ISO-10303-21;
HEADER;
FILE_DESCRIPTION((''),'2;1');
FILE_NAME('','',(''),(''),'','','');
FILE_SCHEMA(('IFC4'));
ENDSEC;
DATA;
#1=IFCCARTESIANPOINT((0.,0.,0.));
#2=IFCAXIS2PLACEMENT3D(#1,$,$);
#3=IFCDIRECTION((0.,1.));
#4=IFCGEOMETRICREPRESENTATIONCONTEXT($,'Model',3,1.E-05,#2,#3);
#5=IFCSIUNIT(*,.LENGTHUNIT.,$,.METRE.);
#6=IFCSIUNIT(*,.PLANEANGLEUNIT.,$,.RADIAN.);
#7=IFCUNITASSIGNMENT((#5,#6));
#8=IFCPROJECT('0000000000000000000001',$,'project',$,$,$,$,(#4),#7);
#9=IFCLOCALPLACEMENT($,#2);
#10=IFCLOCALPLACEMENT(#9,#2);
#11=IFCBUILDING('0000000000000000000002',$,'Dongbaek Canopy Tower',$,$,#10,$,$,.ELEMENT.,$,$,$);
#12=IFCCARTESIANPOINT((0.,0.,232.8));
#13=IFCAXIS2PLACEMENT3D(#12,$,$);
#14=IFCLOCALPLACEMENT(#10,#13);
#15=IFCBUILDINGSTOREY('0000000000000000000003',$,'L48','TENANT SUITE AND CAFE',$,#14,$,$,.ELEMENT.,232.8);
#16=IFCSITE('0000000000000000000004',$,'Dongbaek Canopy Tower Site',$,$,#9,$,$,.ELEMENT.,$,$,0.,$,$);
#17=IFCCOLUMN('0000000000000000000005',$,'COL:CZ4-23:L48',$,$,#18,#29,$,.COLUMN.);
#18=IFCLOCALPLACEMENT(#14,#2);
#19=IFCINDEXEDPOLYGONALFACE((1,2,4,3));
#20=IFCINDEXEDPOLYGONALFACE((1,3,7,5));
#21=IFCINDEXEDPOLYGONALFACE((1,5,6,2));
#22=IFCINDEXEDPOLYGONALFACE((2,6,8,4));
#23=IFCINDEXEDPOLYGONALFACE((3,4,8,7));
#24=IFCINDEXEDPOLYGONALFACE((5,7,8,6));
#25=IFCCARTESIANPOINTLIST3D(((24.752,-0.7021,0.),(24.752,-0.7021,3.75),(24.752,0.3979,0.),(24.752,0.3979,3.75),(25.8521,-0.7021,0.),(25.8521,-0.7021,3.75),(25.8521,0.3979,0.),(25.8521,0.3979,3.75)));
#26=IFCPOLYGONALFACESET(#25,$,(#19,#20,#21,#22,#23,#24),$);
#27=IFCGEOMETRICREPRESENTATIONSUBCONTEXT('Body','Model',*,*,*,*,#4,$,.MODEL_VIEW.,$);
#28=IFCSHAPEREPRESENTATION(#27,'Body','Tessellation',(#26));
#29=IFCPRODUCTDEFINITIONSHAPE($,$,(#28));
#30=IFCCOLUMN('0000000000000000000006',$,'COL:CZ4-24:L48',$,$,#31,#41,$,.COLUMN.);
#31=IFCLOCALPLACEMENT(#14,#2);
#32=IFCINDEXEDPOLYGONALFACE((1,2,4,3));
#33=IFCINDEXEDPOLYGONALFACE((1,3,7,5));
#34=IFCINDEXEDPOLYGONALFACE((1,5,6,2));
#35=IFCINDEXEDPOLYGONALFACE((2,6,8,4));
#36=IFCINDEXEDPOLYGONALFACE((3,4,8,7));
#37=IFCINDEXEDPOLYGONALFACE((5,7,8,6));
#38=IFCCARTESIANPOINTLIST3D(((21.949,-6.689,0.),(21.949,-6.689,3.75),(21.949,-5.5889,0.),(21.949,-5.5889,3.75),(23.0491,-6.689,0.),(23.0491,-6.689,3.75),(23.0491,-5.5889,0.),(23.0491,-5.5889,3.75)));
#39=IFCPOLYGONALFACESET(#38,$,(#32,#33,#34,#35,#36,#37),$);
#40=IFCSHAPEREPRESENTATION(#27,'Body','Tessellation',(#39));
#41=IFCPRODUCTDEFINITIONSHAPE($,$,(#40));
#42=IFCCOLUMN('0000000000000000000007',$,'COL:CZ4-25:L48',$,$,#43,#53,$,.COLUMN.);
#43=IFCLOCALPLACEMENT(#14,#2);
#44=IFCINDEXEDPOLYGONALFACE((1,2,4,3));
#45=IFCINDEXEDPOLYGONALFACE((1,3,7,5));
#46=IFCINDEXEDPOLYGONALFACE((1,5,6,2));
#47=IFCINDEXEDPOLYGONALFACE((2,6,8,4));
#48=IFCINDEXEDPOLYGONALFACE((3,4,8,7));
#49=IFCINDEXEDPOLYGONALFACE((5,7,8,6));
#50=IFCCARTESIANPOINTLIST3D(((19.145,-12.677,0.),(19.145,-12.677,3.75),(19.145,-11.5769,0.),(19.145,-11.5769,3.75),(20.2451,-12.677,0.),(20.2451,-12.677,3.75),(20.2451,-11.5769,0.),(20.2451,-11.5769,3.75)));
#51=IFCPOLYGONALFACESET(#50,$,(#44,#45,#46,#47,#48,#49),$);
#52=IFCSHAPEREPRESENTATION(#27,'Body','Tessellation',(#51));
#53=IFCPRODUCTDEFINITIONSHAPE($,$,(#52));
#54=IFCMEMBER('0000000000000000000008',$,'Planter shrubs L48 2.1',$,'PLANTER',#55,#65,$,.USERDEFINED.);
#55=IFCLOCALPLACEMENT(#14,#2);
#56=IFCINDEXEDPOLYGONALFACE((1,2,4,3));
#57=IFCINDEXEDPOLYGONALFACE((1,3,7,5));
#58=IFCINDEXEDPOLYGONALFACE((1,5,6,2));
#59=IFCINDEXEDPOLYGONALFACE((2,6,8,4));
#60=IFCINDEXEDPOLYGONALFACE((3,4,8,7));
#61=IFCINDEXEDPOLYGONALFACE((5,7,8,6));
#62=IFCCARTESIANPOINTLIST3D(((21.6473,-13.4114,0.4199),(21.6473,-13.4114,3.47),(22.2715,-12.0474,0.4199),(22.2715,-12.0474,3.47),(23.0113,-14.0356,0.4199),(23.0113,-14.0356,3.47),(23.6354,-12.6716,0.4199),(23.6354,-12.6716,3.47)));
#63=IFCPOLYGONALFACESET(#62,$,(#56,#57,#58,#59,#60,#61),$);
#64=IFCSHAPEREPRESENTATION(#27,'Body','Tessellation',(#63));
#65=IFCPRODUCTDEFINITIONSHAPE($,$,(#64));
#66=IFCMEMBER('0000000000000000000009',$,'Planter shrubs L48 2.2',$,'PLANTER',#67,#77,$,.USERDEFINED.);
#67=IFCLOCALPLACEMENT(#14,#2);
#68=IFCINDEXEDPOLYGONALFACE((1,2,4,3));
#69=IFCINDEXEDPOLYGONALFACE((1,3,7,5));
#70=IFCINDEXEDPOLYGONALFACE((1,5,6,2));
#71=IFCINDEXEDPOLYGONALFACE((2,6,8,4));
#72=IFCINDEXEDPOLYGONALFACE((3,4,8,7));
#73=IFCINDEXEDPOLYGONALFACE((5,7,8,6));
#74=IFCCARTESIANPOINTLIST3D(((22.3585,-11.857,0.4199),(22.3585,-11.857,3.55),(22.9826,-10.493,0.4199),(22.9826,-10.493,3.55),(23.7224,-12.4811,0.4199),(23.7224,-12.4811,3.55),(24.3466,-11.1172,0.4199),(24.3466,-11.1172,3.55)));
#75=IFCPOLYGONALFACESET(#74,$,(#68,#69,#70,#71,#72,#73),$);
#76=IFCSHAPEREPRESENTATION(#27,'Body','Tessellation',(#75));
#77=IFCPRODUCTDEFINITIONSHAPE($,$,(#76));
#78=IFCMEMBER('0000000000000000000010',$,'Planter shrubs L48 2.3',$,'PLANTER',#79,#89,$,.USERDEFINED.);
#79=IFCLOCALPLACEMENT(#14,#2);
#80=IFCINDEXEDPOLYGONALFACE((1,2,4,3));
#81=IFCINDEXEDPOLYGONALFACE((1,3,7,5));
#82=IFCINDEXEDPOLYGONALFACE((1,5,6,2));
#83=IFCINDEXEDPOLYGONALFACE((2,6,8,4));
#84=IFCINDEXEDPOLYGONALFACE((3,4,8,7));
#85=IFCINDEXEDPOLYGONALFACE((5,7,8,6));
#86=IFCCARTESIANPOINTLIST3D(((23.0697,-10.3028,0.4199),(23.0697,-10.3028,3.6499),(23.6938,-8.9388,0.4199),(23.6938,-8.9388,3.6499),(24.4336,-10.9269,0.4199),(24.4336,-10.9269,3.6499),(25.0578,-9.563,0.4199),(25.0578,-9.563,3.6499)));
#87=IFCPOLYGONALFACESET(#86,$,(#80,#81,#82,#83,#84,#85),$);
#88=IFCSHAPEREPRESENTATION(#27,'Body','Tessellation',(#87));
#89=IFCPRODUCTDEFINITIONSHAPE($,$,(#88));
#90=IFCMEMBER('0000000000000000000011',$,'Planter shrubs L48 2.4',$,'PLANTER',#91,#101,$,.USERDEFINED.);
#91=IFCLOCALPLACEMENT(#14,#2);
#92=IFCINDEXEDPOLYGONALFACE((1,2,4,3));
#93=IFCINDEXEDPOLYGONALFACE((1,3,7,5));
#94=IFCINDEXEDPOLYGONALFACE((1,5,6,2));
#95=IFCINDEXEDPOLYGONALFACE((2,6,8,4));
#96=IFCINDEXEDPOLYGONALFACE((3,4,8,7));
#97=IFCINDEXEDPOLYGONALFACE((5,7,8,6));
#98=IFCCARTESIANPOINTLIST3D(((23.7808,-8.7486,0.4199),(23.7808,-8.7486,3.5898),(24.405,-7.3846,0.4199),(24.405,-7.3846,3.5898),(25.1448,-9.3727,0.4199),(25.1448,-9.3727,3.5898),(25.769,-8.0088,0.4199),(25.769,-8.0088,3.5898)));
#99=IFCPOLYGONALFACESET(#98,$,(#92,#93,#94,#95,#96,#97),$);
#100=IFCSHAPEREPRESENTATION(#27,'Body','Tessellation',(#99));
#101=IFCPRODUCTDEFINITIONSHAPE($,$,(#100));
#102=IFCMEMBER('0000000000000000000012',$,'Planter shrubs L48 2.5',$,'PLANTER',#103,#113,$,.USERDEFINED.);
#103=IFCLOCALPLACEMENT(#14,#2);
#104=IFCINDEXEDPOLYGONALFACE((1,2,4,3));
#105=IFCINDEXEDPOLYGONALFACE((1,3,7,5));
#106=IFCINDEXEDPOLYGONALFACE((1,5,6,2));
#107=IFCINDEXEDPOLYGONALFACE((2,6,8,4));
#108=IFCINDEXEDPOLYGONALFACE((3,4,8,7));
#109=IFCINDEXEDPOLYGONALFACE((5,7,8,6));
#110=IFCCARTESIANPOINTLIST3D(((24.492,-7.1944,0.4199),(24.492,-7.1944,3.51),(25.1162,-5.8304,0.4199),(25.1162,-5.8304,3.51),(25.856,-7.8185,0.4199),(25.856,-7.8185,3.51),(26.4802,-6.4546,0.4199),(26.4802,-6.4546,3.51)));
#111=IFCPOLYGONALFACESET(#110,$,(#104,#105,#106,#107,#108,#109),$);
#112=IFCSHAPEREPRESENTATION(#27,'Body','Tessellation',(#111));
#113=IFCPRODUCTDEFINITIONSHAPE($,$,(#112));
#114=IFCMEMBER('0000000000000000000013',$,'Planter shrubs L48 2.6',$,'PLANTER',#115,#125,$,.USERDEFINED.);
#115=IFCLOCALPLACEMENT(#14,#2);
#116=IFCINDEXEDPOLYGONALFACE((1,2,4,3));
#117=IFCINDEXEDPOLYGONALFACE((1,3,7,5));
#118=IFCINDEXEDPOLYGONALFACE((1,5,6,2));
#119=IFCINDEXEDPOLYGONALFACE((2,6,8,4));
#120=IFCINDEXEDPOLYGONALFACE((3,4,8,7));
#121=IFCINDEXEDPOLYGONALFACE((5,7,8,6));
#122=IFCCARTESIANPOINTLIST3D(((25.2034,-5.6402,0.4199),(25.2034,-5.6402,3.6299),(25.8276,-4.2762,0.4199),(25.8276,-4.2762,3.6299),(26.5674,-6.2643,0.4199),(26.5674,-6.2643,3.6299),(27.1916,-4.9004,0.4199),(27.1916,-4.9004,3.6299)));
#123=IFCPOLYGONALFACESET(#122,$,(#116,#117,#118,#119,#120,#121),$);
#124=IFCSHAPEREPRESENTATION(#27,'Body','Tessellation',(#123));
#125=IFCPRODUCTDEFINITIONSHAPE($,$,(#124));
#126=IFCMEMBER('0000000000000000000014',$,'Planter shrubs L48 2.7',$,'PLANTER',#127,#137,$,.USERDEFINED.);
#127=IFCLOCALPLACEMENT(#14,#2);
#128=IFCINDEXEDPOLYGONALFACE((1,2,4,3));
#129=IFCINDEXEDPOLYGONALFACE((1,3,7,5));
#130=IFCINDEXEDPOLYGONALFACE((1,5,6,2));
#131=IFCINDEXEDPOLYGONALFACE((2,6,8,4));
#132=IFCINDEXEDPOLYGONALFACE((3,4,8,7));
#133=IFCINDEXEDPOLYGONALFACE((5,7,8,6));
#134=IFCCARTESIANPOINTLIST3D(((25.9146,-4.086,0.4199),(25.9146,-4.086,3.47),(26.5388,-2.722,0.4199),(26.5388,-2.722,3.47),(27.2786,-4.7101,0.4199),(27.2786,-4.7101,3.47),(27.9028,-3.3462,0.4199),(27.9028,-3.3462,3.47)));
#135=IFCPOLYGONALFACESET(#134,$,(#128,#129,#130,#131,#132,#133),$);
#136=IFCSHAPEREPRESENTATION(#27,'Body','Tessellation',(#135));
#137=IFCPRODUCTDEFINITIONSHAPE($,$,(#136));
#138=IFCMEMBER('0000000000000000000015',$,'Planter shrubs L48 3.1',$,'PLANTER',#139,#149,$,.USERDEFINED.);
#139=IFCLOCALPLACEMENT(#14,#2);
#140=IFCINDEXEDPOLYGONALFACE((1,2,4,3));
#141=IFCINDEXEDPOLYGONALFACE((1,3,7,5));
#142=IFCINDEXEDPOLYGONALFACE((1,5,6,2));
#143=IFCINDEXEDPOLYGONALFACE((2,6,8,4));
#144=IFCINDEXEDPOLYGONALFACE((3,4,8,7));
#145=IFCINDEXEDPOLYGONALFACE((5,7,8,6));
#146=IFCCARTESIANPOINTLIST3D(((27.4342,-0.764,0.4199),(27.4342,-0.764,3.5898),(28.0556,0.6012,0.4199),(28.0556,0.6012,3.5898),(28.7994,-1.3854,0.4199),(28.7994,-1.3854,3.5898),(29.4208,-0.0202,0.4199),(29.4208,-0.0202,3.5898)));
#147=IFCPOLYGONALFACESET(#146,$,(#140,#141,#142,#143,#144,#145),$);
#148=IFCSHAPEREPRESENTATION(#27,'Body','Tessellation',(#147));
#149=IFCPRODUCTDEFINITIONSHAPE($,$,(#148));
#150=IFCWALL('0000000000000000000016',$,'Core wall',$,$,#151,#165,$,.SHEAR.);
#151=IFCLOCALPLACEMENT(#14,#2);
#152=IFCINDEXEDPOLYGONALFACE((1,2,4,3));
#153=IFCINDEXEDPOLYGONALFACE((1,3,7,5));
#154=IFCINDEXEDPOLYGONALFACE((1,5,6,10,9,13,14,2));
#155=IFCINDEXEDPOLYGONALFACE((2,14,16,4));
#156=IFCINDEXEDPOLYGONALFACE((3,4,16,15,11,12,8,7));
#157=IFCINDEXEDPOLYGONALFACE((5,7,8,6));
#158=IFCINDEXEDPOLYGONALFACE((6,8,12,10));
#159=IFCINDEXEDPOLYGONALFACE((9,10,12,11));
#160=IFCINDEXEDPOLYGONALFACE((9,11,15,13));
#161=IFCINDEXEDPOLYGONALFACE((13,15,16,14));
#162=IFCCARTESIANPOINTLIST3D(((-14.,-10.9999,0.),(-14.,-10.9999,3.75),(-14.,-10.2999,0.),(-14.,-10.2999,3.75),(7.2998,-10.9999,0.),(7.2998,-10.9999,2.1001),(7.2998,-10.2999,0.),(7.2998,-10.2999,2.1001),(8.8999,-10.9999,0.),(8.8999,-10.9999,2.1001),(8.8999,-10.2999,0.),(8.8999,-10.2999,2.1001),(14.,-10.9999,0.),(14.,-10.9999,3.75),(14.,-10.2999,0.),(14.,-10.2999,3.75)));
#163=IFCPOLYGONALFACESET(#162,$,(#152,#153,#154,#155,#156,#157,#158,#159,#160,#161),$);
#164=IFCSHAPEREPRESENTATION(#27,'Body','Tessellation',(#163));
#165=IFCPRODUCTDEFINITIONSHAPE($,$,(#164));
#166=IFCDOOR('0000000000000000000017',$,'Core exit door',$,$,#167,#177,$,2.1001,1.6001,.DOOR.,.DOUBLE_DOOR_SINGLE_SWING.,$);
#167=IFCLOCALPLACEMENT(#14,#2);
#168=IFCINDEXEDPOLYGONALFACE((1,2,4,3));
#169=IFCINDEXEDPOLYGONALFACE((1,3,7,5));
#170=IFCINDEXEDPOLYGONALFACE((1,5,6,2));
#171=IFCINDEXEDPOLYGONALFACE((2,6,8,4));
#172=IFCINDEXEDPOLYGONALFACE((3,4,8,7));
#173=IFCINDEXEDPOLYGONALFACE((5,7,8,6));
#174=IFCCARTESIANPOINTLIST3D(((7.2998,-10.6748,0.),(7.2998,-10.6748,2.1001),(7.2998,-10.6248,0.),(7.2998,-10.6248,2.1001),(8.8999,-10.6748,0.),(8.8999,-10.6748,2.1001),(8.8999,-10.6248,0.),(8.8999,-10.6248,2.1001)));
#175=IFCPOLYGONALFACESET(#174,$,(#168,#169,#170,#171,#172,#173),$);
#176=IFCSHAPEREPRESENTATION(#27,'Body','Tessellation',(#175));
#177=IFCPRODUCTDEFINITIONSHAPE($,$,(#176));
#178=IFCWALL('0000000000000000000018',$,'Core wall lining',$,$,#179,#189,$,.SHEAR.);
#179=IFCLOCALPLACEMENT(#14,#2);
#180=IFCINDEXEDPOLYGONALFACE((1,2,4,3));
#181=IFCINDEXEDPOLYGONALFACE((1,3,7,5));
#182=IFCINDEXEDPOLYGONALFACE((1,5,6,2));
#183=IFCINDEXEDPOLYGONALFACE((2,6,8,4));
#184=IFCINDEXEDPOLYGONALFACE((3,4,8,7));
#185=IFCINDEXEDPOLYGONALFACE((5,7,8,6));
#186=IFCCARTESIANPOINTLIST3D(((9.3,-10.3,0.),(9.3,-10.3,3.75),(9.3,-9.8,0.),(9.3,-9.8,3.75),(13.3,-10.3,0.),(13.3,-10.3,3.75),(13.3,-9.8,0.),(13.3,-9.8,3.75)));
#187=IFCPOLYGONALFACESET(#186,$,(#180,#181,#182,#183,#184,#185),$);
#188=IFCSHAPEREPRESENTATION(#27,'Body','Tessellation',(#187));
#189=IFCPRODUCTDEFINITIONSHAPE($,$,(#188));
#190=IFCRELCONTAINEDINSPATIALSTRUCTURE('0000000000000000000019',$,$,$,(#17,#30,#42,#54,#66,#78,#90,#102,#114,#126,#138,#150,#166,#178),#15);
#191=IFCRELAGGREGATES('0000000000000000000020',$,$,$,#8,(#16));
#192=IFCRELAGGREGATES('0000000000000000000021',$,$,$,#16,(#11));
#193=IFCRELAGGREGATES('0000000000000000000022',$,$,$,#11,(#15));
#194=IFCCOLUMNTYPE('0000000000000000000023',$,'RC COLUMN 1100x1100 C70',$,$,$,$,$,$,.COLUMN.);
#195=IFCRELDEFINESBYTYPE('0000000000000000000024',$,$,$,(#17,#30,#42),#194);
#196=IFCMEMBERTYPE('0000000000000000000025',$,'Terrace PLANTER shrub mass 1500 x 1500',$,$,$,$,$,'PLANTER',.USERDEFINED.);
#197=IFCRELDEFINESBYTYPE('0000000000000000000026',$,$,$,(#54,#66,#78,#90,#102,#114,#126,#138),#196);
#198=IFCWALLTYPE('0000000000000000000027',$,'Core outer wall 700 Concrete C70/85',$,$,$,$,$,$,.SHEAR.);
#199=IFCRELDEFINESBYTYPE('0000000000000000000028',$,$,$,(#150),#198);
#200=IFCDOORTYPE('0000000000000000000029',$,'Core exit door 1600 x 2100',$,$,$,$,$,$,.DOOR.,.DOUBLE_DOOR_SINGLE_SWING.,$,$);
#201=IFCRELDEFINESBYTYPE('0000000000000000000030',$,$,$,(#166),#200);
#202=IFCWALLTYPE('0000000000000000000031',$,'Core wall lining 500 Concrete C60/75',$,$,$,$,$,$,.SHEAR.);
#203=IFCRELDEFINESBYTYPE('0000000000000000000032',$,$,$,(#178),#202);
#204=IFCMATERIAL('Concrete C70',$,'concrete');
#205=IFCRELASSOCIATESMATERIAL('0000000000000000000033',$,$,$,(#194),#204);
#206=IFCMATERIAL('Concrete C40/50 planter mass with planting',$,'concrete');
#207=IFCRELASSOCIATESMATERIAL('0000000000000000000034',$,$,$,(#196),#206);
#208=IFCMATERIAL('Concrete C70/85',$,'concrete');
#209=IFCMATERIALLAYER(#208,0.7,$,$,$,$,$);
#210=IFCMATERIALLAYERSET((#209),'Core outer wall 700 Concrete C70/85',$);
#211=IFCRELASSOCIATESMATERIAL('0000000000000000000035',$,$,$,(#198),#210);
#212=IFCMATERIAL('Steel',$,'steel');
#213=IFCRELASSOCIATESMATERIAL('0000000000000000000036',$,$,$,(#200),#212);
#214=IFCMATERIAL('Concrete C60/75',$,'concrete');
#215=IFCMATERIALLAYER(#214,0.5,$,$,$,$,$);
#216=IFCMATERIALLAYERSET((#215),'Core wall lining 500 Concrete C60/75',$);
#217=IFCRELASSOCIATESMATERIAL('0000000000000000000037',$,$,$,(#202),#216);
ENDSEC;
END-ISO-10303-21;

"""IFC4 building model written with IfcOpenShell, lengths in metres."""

from ifc_helpers import new_model, si_unit, direction, frame, frame_2d, origin, origin_2d, place, context, subcontext, project, spatial, rectangle, extrude, material, layer, layer_set, material_profile, profile_set, type_object, element, fill, save


model = new_model("IFC4")

# Units and contexts
model_context = context("Model", 3, precision=1e-05, world=origin(), true_north=direction((0.0, 1.0)))
body_context = subcontext(model_context, "Body", "Model", "MODEL_VIEW")
ifc_project = project(units=[si_unit("LENGTHUNIT", "METRE"), si_unit("PLANEANGLEUNIT", "RADIAN")], contexts=[model_context])

# Site, building, storey
site_placement = place(None, origin())
site = spatial("IfcSite", under=ifc_project, at=site_placement, Name="Dongbaek Canopy Tower Site", CompositionType="ELEMENT", RefElevation=0.0)
building_placement = place(site_placement, origin())
building = spatial("IfcBuilding", under=site, at=building_placement, Name="Dongbaek Canopy Tower", CompositionType="ELEMENT")
storey_placement = place(building_placement, frame((0.0, 0.0, 232.8)))
storey = spatial("IfcBuildingStorey", under=building, at=storey_placement, Name="L48", Description="TENANT SUITE AND CAFE", CompositionType="ELEMENT", Elevation=232.8)

# Columns
ifc_material_1 = material(Name="Concrete C70", Category="concrete")
ifc_material_profile_1 = material_profile(ifc_material_1, rectangle(XDim=1.1001, YDim=1.1001, at=origin_2d()), Name="RC COLUMN 1100x1100 C70")
ifc_profile_set_1 = profile_set([ifc_material_profile_1], Name="Concrete C70")
column_type = type_object("IfcColumnType", Name="RC COLUMN 1100x1100 C70", PredefinedType="COLUMN", material=ifc_profile_set_1)
for number, where, z_axis, x_axis, name in (
    (1, (25.302, -0.1521, 0.0), (0.0, 0.0, 1.0), (1.0, 0.0, 0.0), "COL:CZ4-23:L48"),
    (2, (22.499, -6.1389, 0.0), (0.0, 0.0, 1.0), (1.0, 0.0, 0.0), "COL:CZ4-24:L48"),
    (3, (19.6951, -12.127, 0.0), (0.0, 0.0, 1.0), (1.0, 0.0, 0.0), "COL:CZ4-25:L48"),
):
    element("IfcColumn", number, at=place(storey_placement, frame(where, z_axis=z_axis, x_axis=x_axis)), inside=storey, type_object=column_type, Name=name, PredefinedType="COLUMN", context=body_context, shape_type="SweptSolid", body=[
        extrude(rectangle(XDim=1.1001, YDim=1.1001, at=origin_2d()), origin(), (0.0, 0.0, 1.0), 3.75),
    ])

# Members
ifc_material_2 = material(Name="Concrete C40/50 planter mass with planting", Category="concrete")
ifc_material_profile_2 = material_profile(ifc_material_2, rectangle(XDim=1.5, YDim=1.5, at=origin_2d()), Name="Terrace PLANTER shrub mass 1500 x 1500")
ifc_profile_set_2 = profile_set([ifc_material_profile_2], Name="Concrete C40/50 planter mass with planting")
member_type = type_object("IfcMemberType", Name="Terrace PLANTER shrub mass 1500 x 1500", ElementType="PLANTER", PredefinedType="USERDEFINED", material=ifc_profile_set_2)
member_1_placement = place(storey_placement, frame((22.6414, -13.0415, 0.4199), z_axis=(0.0, 0.0, 1.0), x_axis=(0.909313, -0.416113, 0.0)))
element("IfcMember", 4, at=member_1_placement, inside=storey, type_object=member_type, Name="Planter shrubs L48 2.1", ObjectType="PLANTER", PredefinedType="USERDEFINED", context=body_context, shape_type="SweptSolid", body=[
    extrude(rectangle(XDim=1.5, YDim=1.5, at=origin_2d()), origin(), (0.0, 0.0, 1.0), 3.05),
])
member_2_placement = place(storey_placement, frame((23.3525, -11.4871, 0.4199), z_axis=(0.0, 0.0, 1.0), x_axis=(0.909313, -0.416113, 0.0)))
element("IfcMember", 5, at=member_2_placement, inside=storey, type_object=member_type, Name="Planter shrubs L48 2.2", ObjectType="PLANTER", PredefinedType="USERDEFINED", context=body_context, shape_type="SweptSolid", body=[
    extrude(rectangle(XDim=1.5, YDim=1.5, at=origin_2d()), origin(), (0.0, 0.0, 1.0), 3.1301),
])
member_3_placement = place(storey_placement, frame((24.0637, -9.9329, 0.4199), z_axis=(0.0, 0.0, 1.0), x_axis=(0.909313, -0.416113, 0.0)))
element("IfcMember", 6, at=member_3_placement, inside=storey, type_object=member_type, Name="Planter shrubs L48 2.3", ObjectType="PLANTER", PredefinedType="USERDEFINED", context=body_context, shape_type="SweptSolid", body=[
    extrude(rectangle(XDim=1.5, YDim=1.5, at=origin_2d()), origin(), (0.0, 0.0, 1.0), 3.23),
])
member_4_placement = place(storey_placement, frame((24.7749, -8.3787, 0.4199), z_axis=(0.0, 0.0, 1.0), x_axis=(0.909313, -0.416113, 0.0)))
element("IfcMember", 7, at=member_4_placement, inside=storey, type_object=member_type, Name="Planter shrubs L48 2.4", ObjectType="PLANTER", PredefinedType="USERDEFINED", context=body_context, shape_type="SweptSolid", body=[
    extrude(rectangle(XDim=1.5, YDim=1.5, at=origin_2d()), origin(), (0.0, 0.0, 1.0), 3.1699),
])
member_5_placement = place(storey_placement, frame((25.4861, -6.8245, 0.4199), z_axis=(0.0, 0.0, 1.0), x_axis=(0.909313, -0.416113, 0.0)))
element("IfcMember", 8, at=member_5_placement, inside=storey, type_object=member_type, Name="Planter shrubs L48 2.5", ObjectType="PLANTER", PredefinedType="USERDEFINED", context=body_context, shape_type="SweptSolid", body=[
    extrude(rectangle(XDim=1.5, YDim=1.5, at=origin_2d()), origin(), (0.0, 0.0, 1.0), 3.0901),
])
member_6_placement = place(storey_placement, frame((26.1975, -5.2703, 0.4199), z_axis=(0.0, 0.0, 1.0), x_axis=(0.909313, -0.416113, 0.0)))
element("IfcMember", 9, at=member_6_placement, inside=storey, type_object=member_type, Name="Planter shrubs L48 2.6", ObjectType="PLANTER", PredefinedType="USERDEFINED", context=body_context, shape_type="SweptSolid", body=[
    extrude(rectangle(XDim=1.5, YDim=1.5, at=origin_2d()), origin(), (0.0, 0.0, 1.0), 3.21),
])
member_7_placement = place(storey_placement, frame((26.9087, -3.7161, 0.4199), z_axis=(0.0, 0.0, 1.0), x_axis=(0.909313, -0.416113, 0.0)))
element("IfcMember", 10, at=member_7_placement, inside=storey, type_object=member_type, Name="Planter shrubs L48 2.7", ObjectType="PLANTER", PredefinedType="USERDEFINED", context=body_context, shape_type="SweptSolid", body=[
    extrude(rectangle(XDim=1.5, YDim=1.5, at=origin_2d()), origin(), (0.0, 0.0, 1.0), 3.05),
])
member_8_placement = place(storey_placement, frame((28.4275, -0.3921, 0.4199), z_axis=(0.0, 0.0, 1.0), x_axis=(0.910164, -0.414249, 0.0)))
element("IfcMember", 11, at=member_8_placement, inside=storey, type_object=member_type, Name="Planter shrubs L48 3.1", ObjectType="PLANTER", PredefinedType="USERDEFINED", context=body_context, shape_type="SweptSolid", body=[
    extrude(rectangle(XDim=1.5, YDim=1.5, at=origin_2d()), origin(), (0.0, 0.0, 1.0), 3.1699),
])

# Wall, opening, door
ifc_material_3 = material(Name="Concrete C70/85", Category="concrete")
ifc_layer_1 = layer(ifc_material_3, 0.7)
ifc_layer_set_1 = layer_set([ifc_layer_1], Name="Core outer wall 700 Concrete C70/85")
wall_type_1 = type_object("IfcWallType", Name="Core outer wall 700 Concrete C70/85", PredefinedType="SHEAR", material=ifc_layer_set_1)
wall_1_placement = place(storey_placement, frame((14.0, -10.6499, 0.0), z_axis=(0.0, 0.0, 1.0), x_axis=(-1.0, 0.0, 0.0)))
wall_1 = element("IfcWall", 12, at=wall_1_placement, inside=storey, type_object=wall_type_1, Name="Core wall", PredefinedType="SHEAR", context=body_context, shape_type="SweptSolid", body=[
    extrude(rectangle(XDim=28.0, YDim=0.7, at=frame_2d((14.0, 0.0))), origin(), (0.0, 0.0, 1.0), 3.75),
])
opening_1_placement = place(wall_1_placement, frame((5.1001, 0.0, 0.0)))
opening_1 = element("IfcOpeningElement", 13, at=opening_1_placement, cuts=wall_1, PredefinedType="OPENING", context=body_context, shape_type="SweptSolid", body=[
    extrude(rectangle(XDim=1.6001, YDim=2.1001, at=frame_2d((0.8, 1.05))), frame((0.0, 0.3599, 0.0), z_axis=(0.0, -1.0, 0.0), x_axis=(1.0, 0.0, 0.0)), (0.0, 0.0, 1.0), 0.72),
])
ifc_material_4 = material(Name="Steel", Category="steel")
door_type_1 = type_object("IfcDoorType", Name="Core exit door 1600 x 2100", OperationType="DOUBLE_DOOR_SINGLE_SWING", PredefinedType="DOOR", material=ifc_material_4)
door_1_placement = place(opening_1_placement, origin())
door_1 = element("IfcDoor", 14, at=door_1_placement, inside=storey, type_object=door_type_1, Name="Core exit door", OperationType="DOUBLE_DOOR_SINGLE_SWING", OverallHeight=2.1001, OverallWidth=1.6001, PredefinedType="DOOR", context=body_context, shape_type="SweptSolid", body=[
    extrude(rectangle(XDim=1.6001, YDim=2.1001, at=frame_2d((0.8, 1.05))), frame((0.0, 0.0249, 0.0), z_axis=(0.0, -1.0, 0.0), x_axis=(1.0, 0.0, 0.0)), (0.0, 0.0, 1.0), 0.05),
])
fill(opening_1, door_1)

# Wall
ifc_material_5 = material(Name="Concrete C60/75", Category="concrete")
ifc_layer_2 = layer(ifc_material_5, 0.5)
ifc_layer_set_2 = layer_set([ifc_layer_2], Name="Core wall lining 500 Concrete C60/75")
wall_type_2 = type_object("IfcWallType", Name="Core wall lining 500 Concrete C60/75", PredefinedType="SHEAR", material=ifc_layer_set_2)
wall_2_placement = place(storey_placement, frame((13.3, -10.05, 0.0), z_axis=(0.0, 0.0, 1.0), x_axis=(-1.0, 0.0, 0.0)))
element("IfcWall", 15, at=wall_2_placement, inside=storey, type_object=wall_type_2, Name="Core wall lining", PredefinedType="SHEAR", context=body_context, shape_type="SweptSolid", body=[
    extrude(rectangle(XDim=4.0, YDim=0.5, at=frame_2d((2.0, 0.0))), origin(), (0.0, 0.0, 1.0), 3.75),
])

save(model, "model.ifc")
